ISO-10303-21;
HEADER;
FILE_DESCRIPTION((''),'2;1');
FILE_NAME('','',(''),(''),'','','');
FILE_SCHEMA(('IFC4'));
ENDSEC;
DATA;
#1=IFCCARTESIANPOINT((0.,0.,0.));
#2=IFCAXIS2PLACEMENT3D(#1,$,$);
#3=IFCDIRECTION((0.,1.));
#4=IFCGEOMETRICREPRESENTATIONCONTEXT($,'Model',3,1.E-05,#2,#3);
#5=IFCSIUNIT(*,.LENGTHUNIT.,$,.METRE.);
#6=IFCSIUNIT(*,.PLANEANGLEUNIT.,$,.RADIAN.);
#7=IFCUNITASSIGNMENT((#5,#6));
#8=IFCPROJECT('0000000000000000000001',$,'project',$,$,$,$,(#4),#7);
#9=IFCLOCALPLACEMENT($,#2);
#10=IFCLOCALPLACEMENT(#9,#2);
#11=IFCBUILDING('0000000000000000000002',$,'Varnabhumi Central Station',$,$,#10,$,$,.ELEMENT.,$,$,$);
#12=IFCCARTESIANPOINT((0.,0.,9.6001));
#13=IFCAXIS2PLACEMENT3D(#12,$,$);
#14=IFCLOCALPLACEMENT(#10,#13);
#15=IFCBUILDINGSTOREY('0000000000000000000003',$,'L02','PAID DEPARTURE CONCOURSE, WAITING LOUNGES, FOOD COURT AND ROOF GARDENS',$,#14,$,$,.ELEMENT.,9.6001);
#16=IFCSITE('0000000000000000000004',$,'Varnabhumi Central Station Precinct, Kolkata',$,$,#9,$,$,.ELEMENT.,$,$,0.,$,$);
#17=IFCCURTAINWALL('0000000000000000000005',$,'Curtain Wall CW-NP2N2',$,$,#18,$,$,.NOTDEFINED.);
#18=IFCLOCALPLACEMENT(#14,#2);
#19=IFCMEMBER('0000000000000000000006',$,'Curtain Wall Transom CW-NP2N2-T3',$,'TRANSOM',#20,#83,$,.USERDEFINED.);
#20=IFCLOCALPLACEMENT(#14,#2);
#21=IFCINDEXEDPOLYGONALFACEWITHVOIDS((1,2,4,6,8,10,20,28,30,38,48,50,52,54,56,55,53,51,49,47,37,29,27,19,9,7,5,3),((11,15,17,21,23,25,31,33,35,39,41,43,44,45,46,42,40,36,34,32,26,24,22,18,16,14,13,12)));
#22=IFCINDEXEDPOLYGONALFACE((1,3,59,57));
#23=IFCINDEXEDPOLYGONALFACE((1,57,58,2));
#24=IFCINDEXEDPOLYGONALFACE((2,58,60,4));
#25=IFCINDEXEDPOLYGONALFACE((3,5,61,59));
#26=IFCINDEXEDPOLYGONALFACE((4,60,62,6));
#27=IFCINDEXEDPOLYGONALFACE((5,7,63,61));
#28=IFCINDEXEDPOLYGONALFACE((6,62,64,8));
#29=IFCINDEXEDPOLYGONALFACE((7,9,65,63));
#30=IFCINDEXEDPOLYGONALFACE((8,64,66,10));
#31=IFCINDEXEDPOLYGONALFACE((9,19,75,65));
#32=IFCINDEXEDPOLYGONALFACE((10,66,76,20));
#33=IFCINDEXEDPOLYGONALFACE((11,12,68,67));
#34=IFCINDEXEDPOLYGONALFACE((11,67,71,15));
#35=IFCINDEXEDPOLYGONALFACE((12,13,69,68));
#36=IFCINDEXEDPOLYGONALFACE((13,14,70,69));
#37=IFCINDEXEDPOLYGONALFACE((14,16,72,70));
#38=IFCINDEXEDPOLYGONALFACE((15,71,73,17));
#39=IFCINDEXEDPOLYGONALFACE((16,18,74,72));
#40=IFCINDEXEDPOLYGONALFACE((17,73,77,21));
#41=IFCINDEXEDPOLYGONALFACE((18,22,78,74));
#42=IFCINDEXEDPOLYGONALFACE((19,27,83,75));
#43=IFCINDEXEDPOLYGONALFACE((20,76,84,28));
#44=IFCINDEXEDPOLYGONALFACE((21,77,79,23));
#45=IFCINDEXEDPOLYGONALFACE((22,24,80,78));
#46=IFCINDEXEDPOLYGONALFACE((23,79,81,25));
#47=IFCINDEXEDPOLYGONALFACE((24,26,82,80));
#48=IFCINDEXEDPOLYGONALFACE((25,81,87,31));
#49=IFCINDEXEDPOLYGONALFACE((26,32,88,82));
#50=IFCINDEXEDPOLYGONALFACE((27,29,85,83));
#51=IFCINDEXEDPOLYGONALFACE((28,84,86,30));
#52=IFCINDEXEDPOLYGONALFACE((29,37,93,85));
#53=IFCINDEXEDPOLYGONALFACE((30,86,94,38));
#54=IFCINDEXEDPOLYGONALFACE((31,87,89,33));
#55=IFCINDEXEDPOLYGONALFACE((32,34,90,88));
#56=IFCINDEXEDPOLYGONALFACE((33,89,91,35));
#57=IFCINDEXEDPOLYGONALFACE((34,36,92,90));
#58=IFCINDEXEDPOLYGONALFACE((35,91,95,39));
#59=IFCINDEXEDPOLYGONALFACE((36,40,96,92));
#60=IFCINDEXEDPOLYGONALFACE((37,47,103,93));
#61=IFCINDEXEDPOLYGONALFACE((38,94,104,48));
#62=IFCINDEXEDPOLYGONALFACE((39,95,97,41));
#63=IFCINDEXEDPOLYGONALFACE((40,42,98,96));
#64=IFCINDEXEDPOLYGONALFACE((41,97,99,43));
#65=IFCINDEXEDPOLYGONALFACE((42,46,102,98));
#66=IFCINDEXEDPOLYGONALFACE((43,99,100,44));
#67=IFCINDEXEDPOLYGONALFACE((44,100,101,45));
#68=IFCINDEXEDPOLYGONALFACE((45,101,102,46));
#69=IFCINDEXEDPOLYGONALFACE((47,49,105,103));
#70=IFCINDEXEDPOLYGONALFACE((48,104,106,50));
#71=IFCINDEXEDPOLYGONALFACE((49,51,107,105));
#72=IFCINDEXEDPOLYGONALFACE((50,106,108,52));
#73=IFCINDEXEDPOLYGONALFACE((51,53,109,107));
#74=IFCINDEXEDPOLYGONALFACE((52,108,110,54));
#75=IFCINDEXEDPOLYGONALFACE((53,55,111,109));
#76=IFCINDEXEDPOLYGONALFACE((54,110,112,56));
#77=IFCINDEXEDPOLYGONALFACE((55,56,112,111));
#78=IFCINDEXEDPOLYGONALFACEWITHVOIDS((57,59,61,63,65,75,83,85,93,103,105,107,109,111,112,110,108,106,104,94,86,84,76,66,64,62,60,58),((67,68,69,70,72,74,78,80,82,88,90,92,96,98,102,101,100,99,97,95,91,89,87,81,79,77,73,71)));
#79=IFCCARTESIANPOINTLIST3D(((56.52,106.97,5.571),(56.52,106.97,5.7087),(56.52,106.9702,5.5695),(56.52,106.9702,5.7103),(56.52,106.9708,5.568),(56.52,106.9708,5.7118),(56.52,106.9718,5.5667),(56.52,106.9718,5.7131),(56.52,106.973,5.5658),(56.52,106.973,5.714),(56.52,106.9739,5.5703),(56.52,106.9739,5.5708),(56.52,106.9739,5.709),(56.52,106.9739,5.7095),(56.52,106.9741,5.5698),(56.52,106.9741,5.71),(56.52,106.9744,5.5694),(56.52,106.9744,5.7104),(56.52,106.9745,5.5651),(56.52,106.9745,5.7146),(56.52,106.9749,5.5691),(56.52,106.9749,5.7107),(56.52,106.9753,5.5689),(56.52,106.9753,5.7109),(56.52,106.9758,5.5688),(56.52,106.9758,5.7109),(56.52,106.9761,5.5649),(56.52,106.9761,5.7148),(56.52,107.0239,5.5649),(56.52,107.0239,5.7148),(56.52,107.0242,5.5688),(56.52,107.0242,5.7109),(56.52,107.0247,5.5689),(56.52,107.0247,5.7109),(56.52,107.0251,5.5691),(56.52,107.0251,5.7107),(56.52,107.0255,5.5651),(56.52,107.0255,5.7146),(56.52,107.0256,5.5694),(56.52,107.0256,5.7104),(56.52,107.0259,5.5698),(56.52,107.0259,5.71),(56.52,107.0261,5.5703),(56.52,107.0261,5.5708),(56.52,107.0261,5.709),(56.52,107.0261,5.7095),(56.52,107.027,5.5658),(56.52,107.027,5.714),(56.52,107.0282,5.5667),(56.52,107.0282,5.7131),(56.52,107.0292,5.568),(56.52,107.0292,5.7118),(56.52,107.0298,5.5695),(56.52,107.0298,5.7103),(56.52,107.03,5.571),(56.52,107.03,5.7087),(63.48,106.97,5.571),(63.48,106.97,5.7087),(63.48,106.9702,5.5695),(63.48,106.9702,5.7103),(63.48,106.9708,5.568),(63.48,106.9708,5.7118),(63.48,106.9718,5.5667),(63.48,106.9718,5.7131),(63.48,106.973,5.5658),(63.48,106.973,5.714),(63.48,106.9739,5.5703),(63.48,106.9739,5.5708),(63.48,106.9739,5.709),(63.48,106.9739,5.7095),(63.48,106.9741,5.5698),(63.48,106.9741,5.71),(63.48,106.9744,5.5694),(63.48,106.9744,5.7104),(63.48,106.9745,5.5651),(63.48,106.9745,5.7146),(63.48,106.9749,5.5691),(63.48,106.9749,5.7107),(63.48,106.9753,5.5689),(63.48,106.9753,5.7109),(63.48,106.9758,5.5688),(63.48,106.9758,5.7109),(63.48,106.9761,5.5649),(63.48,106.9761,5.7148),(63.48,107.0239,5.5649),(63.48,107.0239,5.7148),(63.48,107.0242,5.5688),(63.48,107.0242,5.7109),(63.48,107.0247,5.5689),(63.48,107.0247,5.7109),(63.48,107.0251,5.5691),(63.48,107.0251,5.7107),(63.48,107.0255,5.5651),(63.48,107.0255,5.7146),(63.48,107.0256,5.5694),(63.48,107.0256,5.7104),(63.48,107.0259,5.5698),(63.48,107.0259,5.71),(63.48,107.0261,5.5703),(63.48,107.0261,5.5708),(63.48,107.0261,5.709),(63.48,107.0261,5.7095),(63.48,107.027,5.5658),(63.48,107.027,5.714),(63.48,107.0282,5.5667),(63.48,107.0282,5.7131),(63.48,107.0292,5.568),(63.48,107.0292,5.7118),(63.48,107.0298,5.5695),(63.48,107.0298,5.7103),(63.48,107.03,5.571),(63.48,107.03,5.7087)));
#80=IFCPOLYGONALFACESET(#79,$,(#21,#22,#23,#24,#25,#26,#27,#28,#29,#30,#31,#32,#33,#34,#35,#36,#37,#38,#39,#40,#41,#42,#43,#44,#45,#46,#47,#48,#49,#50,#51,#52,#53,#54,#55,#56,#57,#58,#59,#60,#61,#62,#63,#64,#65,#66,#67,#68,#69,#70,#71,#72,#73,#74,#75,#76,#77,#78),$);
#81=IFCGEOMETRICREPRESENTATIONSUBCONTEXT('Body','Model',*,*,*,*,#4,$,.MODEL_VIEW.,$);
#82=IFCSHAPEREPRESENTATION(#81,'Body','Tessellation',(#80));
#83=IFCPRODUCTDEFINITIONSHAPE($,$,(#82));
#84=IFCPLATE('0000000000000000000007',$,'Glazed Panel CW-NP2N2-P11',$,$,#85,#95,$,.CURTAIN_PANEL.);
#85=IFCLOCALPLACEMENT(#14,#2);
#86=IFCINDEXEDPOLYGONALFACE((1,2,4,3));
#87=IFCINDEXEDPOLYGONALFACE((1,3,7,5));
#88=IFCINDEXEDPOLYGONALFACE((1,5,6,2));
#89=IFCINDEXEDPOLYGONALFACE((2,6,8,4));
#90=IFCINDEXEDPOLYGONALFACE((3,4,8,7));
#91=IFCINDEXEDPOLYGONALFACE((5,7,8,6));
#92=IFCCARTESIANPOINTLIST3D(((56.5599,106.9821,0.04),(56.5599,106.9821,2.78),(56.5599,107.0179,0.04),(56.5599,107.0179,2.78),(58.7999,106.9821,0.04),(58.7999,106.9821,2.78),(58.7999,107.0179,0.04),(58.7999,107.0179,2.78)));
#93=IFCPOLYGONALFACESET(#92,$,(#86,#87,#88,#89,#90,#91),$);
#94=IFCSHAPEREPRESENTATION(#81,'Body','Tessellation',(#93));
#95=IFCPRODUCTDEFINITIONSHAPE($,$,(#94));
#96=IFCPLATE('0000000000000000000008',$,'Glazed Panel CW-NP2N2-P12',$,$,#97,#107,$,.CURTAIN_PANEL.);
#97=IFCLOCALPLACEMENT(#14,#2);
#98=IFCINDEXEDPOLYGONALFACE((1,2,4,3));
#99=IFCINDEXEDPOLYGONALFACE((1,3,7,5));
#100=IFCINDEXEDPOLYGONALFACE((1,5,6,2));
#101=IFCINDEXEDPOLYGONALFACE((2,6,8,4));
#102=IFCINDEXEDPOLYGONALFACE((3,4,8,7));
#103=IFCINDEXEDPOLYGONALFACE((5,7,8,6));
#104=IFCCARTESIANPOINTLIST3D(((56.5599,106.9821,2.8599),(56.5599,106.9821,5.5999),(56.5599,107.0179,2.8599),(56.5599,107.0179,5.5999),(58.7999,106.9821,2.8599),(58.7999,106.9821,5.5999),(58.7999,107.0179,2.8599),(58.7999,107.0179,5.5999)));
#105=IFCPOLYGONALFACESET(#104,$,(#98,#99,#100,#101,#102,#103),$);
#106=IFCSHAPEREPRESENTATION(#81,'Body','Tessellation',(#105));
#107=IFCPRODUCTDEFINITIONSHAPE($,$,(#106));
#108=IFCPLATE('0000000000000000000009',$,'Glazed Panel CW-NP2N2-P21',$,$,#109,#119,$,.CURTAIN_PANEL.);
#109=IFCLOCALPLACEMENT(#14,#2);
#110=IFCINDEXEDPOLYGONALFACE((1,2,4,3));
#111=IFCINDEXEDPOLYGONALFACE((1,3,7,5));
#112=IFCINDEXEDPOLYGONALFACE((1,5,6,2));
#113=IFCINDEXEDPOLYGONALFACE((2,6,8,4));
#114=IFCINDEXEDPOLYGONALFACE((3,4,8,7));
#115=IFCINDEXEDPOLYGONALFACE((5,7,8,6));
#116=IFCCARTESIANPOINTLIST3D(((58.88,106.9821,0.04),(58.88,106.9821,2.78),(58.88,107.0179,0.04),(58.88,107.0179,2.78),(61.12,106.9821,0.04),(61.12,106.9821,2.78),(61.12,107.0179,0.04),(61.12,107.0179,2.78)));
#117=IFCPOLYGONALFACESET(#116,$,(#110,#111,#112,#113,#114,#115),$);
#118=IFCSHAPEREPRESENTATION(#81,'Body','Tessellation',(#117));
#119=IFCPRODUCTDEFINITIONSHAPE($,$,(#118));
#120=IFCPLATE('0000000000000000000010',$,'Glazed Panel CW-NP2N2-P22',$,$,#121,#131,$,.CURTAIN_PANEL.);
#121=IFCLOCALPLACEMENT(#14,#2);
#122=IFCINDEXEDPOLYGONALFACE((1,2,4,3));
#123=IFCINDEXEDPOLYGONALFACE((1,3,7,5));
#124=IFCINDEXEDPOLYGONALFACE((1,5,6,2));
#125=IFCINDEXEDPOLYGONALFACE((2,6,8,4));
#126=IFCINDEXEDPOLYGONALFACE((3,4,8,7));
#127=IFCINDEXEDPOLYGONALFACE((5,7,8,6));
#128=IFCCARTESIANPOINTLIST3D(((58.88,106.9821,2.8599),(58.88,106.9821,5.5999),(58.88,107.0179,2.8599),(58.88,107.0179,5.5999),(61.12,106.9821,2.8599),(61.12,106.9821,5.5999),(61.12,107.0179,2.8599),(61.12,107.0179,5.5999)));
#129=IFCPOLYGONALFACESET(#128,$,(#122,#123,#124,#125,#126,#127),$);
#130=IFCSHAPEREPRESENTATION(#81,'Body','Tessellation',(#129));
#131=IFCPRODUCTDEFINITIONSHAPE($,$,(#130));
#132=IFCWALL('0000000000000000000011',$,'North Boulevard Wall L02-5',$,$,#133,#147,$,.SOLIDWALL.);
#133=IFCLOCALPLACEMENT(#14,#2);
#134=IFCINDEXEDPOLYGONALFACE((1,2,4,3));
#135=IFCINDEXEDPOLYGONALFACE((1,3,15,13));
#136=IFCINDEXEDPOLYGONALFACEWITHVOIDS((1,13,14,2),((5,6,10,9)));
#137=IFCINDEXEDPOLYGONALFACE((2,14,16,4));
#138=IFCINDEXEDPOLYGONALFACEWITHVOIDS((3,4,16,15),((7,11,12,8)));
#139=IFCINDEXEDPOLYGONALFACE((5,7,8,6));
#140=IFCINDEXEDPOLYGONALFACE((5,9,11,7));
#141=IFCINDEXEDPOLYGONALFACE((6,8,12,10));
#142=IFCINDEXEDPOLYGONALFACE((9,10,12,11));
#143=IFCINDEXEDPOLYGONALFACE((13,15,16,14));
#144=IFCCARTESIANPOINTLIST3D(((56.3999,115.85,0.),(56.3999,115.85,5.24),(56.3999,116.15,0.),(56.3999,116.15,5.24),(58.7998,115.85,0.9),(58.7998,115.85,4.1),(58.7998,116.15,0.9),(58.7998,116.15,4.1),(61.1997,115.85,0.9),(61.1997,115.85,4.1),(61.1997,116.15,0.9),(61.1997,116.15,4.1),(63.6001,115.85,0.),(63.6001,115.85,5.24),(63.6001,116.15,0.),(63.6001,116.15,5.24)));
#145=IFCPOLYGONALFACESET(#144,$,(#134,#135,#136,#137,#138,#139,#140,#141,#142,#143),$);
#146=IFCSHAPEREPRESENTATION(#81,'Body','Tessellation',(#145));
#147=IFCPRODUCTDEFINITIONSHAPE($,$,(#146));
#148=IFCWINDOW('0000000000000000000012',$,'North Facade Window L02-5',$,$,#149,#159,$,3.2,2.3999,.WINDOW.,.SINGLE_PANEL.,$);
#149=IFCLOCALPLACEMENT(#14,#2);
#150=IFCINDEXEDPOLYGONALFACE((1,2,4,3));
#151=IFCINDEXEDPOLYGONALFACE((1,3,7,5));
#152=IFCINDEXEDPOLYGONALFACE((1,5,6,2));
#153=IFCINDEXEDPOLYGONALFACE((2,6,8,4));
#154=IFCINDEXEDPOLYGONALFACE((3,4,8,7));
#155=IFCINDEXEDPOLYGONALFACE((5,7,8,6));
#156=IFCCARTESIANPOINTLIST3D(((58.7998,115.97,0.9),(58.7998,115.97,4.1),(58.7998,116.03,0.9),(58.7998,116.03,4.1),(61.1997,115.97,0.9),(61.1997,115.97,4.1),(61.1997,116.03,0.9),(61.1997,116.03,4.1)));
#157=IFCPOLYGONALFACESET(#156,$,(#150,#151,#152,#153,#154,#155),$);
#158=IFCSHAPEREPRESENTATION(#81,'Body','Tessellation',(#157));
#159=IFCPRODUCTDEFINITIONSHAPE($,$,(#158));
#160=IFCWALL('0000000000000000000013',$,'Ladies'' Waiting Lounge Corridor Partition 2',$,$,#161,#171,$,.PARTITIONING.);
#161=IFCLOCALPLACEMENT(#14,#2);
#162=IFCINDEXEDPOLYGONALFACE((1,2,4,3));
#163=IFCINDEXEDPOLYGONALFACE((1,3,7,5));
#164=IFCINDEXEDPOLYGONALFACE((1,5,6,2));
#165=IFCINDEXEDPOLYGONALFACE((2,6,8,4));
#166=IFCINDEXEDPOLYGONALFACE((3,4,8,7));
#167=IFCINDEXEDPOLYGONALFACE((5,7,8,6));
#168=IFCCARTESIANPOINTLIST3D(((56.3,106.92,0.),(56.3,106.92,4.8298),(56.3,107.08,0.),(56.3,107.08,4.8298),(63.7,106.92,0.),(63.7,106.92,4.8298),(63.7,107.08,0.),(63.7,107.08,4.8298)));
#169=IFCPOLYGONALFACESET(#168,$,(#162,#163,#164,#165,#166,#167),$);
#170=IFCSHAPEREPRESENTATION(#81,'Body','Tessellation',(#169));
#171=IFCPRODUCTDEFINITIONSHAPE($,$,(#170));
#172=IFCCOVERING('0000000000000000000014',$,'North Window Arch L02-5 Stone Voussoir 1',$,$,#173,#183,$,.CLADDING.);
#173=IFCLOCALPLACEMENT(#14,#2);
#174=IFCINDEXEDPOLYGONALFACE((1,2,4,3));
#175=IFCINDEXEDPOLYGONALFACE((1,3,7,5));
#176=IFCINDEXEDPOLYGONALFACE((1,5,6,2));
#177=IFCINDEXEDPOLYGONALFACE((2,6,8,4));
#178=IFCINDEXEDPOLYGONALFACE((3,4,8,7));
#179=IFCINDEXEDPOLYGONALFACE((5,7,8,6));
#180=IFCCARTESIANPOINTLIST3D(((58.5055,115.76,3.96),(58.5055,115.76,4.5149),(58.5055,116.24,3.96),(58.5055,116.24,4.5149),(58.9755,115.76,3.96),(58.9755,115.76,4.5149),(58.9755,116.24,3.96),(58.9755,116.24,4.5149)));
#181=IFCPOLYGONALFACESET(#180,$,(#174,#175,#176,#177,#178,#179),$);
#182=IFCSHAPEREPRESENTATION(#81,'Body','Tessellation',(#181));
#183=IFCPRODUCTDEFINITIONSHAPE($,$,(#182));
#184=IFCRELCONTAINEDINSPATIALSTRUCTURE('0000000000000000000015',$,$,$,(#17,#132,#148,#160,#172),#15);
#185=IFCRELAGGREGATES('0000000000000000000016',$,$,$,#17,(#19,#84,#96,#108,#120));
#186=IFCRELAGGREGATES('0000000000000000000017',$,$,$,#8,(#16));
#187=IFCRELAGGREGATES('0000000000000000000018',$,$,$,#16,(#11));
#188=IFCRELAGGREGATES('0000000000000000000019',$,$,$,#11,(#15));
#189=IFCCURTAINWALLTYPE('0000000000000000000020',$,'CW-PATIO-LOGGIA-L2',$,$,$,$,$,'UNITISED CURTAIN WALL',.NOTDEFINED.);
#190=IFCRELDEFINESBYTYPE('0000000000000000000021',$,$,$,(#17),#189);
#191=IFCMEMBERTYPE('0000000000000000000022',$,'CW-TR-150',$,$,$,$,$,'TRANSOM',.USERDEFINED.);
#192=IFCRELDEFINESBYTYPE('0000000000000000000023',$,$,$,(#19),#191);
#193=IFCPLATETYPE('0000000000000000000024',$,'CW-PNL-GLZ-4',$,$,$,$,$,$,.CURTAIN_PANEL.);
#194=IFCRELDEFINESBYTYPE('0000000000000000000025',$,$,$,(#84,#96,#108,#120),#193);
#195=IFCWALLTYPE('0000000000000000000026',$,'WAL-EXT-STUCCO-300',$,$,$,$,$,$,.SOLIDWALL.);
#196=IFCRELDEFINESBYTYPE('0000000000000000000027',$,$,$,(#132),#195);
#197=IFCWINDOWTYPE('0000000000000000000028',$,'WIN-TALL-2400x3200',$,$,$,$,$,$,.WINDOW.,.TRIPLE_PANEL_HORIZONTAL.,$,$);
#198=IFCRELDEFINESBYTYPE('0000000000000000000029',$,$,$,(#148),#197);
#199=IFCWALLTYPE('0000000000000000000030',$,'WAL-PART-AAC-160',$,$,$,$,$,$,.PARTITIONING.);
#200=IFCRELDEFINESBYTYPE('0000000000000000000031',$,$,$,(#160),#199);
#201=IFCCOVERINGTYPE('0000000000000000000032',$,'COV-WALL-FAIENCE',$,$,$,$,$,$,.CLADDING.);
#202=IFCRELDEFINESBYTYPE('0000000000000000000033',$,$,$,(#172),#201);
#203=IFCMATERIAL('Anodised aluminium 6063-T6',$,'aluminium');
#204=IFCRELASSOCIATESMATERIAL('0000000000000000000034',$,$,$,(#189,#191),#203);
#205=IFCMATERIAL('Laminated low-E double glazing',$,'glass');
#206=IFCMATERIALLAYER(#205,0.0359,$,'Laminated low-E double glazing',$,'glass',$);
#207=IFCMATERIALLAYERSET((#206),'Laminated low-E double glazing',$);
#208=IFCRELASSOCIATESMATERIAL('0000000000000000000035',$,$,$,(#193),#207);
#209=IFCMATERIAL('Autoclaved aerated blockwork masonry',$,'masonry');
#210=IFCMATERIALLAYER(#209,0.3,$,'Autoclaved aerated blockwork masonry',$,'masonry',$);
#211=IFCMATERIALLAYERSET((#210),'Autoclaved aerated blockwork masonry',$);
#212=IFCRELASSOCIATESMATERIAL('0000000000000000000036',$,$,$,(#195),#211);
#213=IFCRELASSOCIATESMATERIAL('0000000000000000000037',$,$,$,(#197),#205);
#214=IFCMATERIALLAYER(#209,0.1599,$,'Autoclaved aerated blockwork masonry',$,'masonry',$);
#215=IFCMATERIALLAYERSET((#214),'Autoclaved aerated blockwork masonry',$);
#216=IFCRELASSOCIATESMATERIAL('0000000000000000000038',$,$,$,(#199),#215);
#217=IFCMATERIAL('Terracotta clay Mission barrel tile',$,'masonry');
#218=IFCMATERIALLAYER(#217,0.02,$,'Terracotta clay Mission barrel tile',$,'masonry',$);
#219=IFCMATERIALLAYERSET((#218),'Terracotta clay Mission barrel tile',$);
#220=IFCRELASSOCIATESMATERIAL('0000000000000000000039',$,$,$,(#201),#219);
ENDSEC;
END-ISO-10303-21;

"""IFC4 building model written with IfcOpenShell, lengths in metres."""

from ifc_helpers import new_model, si_unit, direction, frame, frame_2d, origin, origin_2d, place, context, subcontext, project, spatial, rectangle, hollow_rectangle, extrude, material, layer, layer_set, material_profile, profile_set, type_object, element, fill, aggregate, save


model = new_model("IFC4")

# Units and contexts
model_context = context("Model", 3, precision=1e-05, world=origin(), true_north=direction((0.0, 1.0)))
body_context = subcontext(model_context, "Body", "Model", "MODEL_VIEW")
ifc_project = project(units=[si_unit("LENGTHUNIT", "METRE"), si_unit("PLANEANGLEUNIT", "RADIAN")], contexts=[model_context])

# Site, building, storey
site_placement = place(None, origin())
site = spatial("IfcSite", under=ifc_project, at=site_placement, Name="Varnabhumi Central Station Precinct, Kolkata", CompositionType="ELEMENT", RefElevation=0.0)
building_placement = place(site_placement, origin())
building = spatial("IfcBuilding", under=site, at=building_placement, Name="Varnabhumi Central Station", CompositionType="ELEMENT")
storey_placement = place(building_placement, frame((0.0, 0.0, 9.6001)))
storey = spatial("IfcBuildingStorey", under=building, at=storey_placement, Name="L02", Description="PAID DEPARTURE CONCOURSE, WAITING LOUNGES, FOOD COURT AND ROOF GARDENS", CompositionType="ELEMENT", Elevation=9.6001)

# Curtain wall, member, plates
ifc_material_1 = material(Name="Anodised aluminium 6063-T6", Category="aluminium")
curtain_wall_type = type_object("IfcCurtainWallType", Name="CW-PATIO-LOGGIA-L2", ElementType="UNITISED CURTAIN WALL", PredefinedType="NOTDEFINED", material=ifc_material_1)
curtain_wall_placement = place(storey_placement, origin())
curtain_wall = element("IfcCurtainWall", 1, at=curtain_wall_placement, inside=storey, type_object=curtain_wall_type, Name="Curtain Wall CW-NP2N2", PredefinedType="NOTDEFINED")
ifc_material_profile_1 = material_profile(ifc_material_1, hollow_rectangle(XDim=0.0601, YDim=0.1499, WallThickness=0.0039, InnerFilletRadius=0.002, OuterFilletRadius=0.0061, at=origin_2d()), Name="Anodised aluminium 6063-T6", Category="aluminium")
ifc_profile_set_1 = profile_set([ifc_material_profile_1], Name="Anodised aluminium 6063-T6")
member_type_1 = type_object("IfcMemberType", Name="CW-TR-150", ElementType="TRANSOM", PredefinedType="USERDEFINED", material=ifc_profile_set_1)
member_1_placement = place(storey_placement, frame((56.52, 107.0, 5.6399), z_axis=(1.0, 0.0, 0.0), x_axis=(0.0, 1.0, 0.0)))
member_1 = element("IfcMember", 2, at=member_1_placement, type_object=member_type_1, Name="Curtain Wall Transom CW-NP2N2-T3", ObjectType="TRANSOM", PredefinedType="USERDEFINED", context=body_context, shape_type="SweptSolid", body=[
    extrude(hollow_rectangle(XDim=0.0601, YDim=0.1499, WallThickness=0.0039, InnerFilletRadius=0.002, OuterFilletRadius=0.0061, at=origin_2d()), origin(), (0.0, 0.0, 1.0), 6.96),
])
ifc_material_2 = material(Name="Laminated low-E double glazing", Category="glass")
ifc_layer_1 = layer(ifc_material_2, 0.0359, Name="Laminated low-E double glazing", Category="glass")
ifc_layer_set_1 = layer_set([ifc_layer_1], Name="Laminated low-E double glazing")
plate_type = type_object("IfcPlateType", Name="CW-PNL-GLZ-4", PredefinedType="CURTAIN_PANEL", material=ifc_layer_set_1)
plate_1_placement = place(storey_placement, frame((57.6799, 107.0, 0.04), z_axis=(0.0, 0.0, 1.0), x_axis=(1.0, 0.0, 0.0)))
plate_1 = element("IfcPlate", 3, at=plate_1_placement, type_object=plate_type, Name="Glazed Panel CW-NP2N2-P11", PredefinedType="CURTAIN_PANEL", context=body_context, shape_type="SweptSolid", body=[
    extrude(rectangle(XDim=2.24, YDim=0.0359, at=origin_2d()), origin(), (0.0, 0.0, 1.0), 2.74),
])
plate_2_placement = place(storey_placement, frame((57.6799, 107.0, 2.8599), z_axis=(0.0, 0.0, 1.0), x_axis=(1.0, 0.0, 0.0)))
plate_2 = element("IfcPlate", 4, at=plate_2_placement, type_object=plate_type, Name="Glazed Panel CW-NP2N2-P12", PredefinedType="CURTAIN_PANEL", context=body_context, shape_type="SweptSolid", body=[
    extrude(rectangle(XDim=2.24, YDim=0.0359, at=origin_2d()), origin(), (0.0, 0.0, 1.0), 2.74),
])
plate_3_placement = place(storey_placement, frame((60.0, 107.0, 0.04), z_axis=(0.0, 0.0, 1.0), x_axis=(1.0, 0.0, 0.0)))
plate_3 = element("IfcPlate", 5, at=plate_3_placement, type_object=plate_type, Name="Glazed Panel CW-NP2N2-P21", PredefinedType="CURTAIN_PANEL", context=body_context, shape_type="SweptSolid", body=[
    extrude(rectangle(XDim=2.24, YDim=0.0359, at=origin_2d()), origin(), (0.0, 0.0, 1.0), 2.74),
])
plate_4_placement = place(storey_placement, frame((60.0, 107.0, 2.8599), z_axis=(0.0, 0.0, 1.0), x_axis=(1.0, 0.0, 0.0)))
plate_4 = element("IfcPlate", 6, at=plate_4_placement, type_object=plate_type, Name="Glazed Panel CW-NP2N2-P22", PredefinedType="CURTAIN_PANEL", context=body_context, shape_type="SweptSolid", body=[
    extrude(rectangle(XDim=2.24, YDim=0.0359, at=origin_2d()), origin(), (0.0, 0.0, 1.0), 2.74),
])
aggregate(curtain_wall, [member_1, plate_1, plate_2, plate_3, plate_4])

# Wall, opening, window
ifc_material_3 = material(Name="Autoclaved aerated blockwork masonry", Category="masonry")
ifc_layer_2 = layer(ifc_material_3, 0.3, Name="Autoclaved aerated blockwork masonry", Category="masonry")
ifc_layer_set_2 = layer_set([ifc_layer_2], Name="Autoclaved aerated blockwork masonry")
wall_type_1 = type_object("IfcWallType", Name="WAL-EXT-STUCCO-300", PredefinedType="SOLIDWALL", material=ifc_layer_set_2)
wall_1_placement = place(storey_placement, frame((56.3999, 116.0, 0.0), z_axis=(0.0, 0.0, 1.0), x_axis=(1.0, 0.0, 0.0)))
wall_1 = element("IfcWall", 7, at=wall_1_placement, inside=storey, type_object=wall_type_1, Name="North Boulevard Wall L02-5", PredefinedType="SOLIDWALL", context=body_context, shape_type="SweptSolid", body=[
    extrude(rectangle(XDim=7.2002, YDim=0.3, at=frame_2d((3.6001, 0.0))), origin(), (0.0, 0.0, 1.0), 5.24),
])
opening_placement = place(wall_1_placement, frame((2.3999, 0.0, 0.8999)))
opening = element("IfcOpeningElement", 8, at=opening_placement, cuts=wall_1, PredefinedType="OPENING", context=body_context, shape_type="SweptSolid", body=[
    extrude(rectangle(XDim=2.3999, YDim=3.2, at=frame_2d((1.2, 1.6001))), frame((0.0, 0.1599, 0.0), z_axis=(0.0, -1.0, 0.0), x_axis=(1.0, 0.0, 0.0)), (0.0, 0.0, 1.0), 0.3201),
])
window_type = type_object("IfcWindowType", Name="WIN-TALL-2400x3200", PartitioningType="TRIPLE_PANEL_HORIZONTAL", PredefinedType="WINDOW", material=ifc_material_2)
window_placement = place(opening_placement, origin())
window = element("IfcWindow", 9, at=window_placement, inside=storey, type_object=window_type, Name="North Facade Window L02-5", OverallHeight=3.2, OverallWidth=2.3999, PartitioningType="SINGLE_PANEL", PredefinedType="WINDOW", context=body_context, shape_type="SweptSolid", body=[
    extrude(rectangle(XDim=2.3999, YDim=3.2, at=frame_2d((1.2, 1.6001))), frame((0.0, 0.03, 0.0), z_axis=(0.0, -1.0, 0.0), x_axis=(1.0, 0.0, 0.0)), (0.0, 0.0, 1.0), 0.0601),
])
fill(opening, window)

# Wall
ifc_layer_3 = layer(ifc_material_3, 0.1599, Name="Autoclaved aerated blockwork masonry", Category="masonry")
ifc_layer_set_3 = layer_set([ifc_layer_3], Name="Autoclaved aerated blockwork masonry")
wall_type_2 = type_object("IfcWallType", Name="WAL-PART-AAC-160", PredefinedType="PARTITIONING", material=ifc_layer_set_3)
wall_2_placement = place(storey_placement, frame((56.3, 107.0, 0.0), z_axis=(0.0, 0.0, 1.0), x_axis=(1.0, 0.0, 0.0)))
element("IfcWall", 10, at=wall_2_placement, inside=storey, type_object=wall_type_2, Name="Ladies' Waiting Lounge Corridor Partition 2", PredefinedType="PARTITIONING", context=body_context, shape_type="SweptSolid", body=[
    extrude(rectangle(XDim=7.3999, YDim=0.1599, at=frame_2d((3.7, 0.0))), origin(), (0.0, 0.0, 1.0), 4.8298),
])

# Covering
ifc_material_4 = material(Name="Terracotta clay Mission barrel tile", Category="masonry")
ifc_layer_4 = layer(ifc_material_4, 0.02, Name="Terracotta clay Mission barrel tile", Category="masonry")
ifc_layer_set_4 = layer_set([ifc_layer_4], Name="Terracotta clay Mission barrel tile")
covering_type = type_object("IfcCoveringType", Name="COV-WALL-FAIENCE", PredefinedType="CLADDING", material=ifc_layer_set_4)
covering_1_placement = place(storey_placement, frame((58.7405, 116.0, 3.96), z_axis=(0.0, 0.0, 1.0), x_axis=(1.0, 0.0, 0.0)))
element("IfcCovering", 11, at=covering_1_placement, inside=storey, type_object=covering_type, Name="North Window Arch L02-5 Stone Voussoir 1", PredefinedType="CLADDING", context=body_context, shape_type="SweptSolid", body=[
    extrude(rectangle(XDim=0.47, YDim=0.48, at=origin_2d()), origin(), (0.0, 0.0, 1.0), 0.5549),
])

save(model, "model.ifc")
